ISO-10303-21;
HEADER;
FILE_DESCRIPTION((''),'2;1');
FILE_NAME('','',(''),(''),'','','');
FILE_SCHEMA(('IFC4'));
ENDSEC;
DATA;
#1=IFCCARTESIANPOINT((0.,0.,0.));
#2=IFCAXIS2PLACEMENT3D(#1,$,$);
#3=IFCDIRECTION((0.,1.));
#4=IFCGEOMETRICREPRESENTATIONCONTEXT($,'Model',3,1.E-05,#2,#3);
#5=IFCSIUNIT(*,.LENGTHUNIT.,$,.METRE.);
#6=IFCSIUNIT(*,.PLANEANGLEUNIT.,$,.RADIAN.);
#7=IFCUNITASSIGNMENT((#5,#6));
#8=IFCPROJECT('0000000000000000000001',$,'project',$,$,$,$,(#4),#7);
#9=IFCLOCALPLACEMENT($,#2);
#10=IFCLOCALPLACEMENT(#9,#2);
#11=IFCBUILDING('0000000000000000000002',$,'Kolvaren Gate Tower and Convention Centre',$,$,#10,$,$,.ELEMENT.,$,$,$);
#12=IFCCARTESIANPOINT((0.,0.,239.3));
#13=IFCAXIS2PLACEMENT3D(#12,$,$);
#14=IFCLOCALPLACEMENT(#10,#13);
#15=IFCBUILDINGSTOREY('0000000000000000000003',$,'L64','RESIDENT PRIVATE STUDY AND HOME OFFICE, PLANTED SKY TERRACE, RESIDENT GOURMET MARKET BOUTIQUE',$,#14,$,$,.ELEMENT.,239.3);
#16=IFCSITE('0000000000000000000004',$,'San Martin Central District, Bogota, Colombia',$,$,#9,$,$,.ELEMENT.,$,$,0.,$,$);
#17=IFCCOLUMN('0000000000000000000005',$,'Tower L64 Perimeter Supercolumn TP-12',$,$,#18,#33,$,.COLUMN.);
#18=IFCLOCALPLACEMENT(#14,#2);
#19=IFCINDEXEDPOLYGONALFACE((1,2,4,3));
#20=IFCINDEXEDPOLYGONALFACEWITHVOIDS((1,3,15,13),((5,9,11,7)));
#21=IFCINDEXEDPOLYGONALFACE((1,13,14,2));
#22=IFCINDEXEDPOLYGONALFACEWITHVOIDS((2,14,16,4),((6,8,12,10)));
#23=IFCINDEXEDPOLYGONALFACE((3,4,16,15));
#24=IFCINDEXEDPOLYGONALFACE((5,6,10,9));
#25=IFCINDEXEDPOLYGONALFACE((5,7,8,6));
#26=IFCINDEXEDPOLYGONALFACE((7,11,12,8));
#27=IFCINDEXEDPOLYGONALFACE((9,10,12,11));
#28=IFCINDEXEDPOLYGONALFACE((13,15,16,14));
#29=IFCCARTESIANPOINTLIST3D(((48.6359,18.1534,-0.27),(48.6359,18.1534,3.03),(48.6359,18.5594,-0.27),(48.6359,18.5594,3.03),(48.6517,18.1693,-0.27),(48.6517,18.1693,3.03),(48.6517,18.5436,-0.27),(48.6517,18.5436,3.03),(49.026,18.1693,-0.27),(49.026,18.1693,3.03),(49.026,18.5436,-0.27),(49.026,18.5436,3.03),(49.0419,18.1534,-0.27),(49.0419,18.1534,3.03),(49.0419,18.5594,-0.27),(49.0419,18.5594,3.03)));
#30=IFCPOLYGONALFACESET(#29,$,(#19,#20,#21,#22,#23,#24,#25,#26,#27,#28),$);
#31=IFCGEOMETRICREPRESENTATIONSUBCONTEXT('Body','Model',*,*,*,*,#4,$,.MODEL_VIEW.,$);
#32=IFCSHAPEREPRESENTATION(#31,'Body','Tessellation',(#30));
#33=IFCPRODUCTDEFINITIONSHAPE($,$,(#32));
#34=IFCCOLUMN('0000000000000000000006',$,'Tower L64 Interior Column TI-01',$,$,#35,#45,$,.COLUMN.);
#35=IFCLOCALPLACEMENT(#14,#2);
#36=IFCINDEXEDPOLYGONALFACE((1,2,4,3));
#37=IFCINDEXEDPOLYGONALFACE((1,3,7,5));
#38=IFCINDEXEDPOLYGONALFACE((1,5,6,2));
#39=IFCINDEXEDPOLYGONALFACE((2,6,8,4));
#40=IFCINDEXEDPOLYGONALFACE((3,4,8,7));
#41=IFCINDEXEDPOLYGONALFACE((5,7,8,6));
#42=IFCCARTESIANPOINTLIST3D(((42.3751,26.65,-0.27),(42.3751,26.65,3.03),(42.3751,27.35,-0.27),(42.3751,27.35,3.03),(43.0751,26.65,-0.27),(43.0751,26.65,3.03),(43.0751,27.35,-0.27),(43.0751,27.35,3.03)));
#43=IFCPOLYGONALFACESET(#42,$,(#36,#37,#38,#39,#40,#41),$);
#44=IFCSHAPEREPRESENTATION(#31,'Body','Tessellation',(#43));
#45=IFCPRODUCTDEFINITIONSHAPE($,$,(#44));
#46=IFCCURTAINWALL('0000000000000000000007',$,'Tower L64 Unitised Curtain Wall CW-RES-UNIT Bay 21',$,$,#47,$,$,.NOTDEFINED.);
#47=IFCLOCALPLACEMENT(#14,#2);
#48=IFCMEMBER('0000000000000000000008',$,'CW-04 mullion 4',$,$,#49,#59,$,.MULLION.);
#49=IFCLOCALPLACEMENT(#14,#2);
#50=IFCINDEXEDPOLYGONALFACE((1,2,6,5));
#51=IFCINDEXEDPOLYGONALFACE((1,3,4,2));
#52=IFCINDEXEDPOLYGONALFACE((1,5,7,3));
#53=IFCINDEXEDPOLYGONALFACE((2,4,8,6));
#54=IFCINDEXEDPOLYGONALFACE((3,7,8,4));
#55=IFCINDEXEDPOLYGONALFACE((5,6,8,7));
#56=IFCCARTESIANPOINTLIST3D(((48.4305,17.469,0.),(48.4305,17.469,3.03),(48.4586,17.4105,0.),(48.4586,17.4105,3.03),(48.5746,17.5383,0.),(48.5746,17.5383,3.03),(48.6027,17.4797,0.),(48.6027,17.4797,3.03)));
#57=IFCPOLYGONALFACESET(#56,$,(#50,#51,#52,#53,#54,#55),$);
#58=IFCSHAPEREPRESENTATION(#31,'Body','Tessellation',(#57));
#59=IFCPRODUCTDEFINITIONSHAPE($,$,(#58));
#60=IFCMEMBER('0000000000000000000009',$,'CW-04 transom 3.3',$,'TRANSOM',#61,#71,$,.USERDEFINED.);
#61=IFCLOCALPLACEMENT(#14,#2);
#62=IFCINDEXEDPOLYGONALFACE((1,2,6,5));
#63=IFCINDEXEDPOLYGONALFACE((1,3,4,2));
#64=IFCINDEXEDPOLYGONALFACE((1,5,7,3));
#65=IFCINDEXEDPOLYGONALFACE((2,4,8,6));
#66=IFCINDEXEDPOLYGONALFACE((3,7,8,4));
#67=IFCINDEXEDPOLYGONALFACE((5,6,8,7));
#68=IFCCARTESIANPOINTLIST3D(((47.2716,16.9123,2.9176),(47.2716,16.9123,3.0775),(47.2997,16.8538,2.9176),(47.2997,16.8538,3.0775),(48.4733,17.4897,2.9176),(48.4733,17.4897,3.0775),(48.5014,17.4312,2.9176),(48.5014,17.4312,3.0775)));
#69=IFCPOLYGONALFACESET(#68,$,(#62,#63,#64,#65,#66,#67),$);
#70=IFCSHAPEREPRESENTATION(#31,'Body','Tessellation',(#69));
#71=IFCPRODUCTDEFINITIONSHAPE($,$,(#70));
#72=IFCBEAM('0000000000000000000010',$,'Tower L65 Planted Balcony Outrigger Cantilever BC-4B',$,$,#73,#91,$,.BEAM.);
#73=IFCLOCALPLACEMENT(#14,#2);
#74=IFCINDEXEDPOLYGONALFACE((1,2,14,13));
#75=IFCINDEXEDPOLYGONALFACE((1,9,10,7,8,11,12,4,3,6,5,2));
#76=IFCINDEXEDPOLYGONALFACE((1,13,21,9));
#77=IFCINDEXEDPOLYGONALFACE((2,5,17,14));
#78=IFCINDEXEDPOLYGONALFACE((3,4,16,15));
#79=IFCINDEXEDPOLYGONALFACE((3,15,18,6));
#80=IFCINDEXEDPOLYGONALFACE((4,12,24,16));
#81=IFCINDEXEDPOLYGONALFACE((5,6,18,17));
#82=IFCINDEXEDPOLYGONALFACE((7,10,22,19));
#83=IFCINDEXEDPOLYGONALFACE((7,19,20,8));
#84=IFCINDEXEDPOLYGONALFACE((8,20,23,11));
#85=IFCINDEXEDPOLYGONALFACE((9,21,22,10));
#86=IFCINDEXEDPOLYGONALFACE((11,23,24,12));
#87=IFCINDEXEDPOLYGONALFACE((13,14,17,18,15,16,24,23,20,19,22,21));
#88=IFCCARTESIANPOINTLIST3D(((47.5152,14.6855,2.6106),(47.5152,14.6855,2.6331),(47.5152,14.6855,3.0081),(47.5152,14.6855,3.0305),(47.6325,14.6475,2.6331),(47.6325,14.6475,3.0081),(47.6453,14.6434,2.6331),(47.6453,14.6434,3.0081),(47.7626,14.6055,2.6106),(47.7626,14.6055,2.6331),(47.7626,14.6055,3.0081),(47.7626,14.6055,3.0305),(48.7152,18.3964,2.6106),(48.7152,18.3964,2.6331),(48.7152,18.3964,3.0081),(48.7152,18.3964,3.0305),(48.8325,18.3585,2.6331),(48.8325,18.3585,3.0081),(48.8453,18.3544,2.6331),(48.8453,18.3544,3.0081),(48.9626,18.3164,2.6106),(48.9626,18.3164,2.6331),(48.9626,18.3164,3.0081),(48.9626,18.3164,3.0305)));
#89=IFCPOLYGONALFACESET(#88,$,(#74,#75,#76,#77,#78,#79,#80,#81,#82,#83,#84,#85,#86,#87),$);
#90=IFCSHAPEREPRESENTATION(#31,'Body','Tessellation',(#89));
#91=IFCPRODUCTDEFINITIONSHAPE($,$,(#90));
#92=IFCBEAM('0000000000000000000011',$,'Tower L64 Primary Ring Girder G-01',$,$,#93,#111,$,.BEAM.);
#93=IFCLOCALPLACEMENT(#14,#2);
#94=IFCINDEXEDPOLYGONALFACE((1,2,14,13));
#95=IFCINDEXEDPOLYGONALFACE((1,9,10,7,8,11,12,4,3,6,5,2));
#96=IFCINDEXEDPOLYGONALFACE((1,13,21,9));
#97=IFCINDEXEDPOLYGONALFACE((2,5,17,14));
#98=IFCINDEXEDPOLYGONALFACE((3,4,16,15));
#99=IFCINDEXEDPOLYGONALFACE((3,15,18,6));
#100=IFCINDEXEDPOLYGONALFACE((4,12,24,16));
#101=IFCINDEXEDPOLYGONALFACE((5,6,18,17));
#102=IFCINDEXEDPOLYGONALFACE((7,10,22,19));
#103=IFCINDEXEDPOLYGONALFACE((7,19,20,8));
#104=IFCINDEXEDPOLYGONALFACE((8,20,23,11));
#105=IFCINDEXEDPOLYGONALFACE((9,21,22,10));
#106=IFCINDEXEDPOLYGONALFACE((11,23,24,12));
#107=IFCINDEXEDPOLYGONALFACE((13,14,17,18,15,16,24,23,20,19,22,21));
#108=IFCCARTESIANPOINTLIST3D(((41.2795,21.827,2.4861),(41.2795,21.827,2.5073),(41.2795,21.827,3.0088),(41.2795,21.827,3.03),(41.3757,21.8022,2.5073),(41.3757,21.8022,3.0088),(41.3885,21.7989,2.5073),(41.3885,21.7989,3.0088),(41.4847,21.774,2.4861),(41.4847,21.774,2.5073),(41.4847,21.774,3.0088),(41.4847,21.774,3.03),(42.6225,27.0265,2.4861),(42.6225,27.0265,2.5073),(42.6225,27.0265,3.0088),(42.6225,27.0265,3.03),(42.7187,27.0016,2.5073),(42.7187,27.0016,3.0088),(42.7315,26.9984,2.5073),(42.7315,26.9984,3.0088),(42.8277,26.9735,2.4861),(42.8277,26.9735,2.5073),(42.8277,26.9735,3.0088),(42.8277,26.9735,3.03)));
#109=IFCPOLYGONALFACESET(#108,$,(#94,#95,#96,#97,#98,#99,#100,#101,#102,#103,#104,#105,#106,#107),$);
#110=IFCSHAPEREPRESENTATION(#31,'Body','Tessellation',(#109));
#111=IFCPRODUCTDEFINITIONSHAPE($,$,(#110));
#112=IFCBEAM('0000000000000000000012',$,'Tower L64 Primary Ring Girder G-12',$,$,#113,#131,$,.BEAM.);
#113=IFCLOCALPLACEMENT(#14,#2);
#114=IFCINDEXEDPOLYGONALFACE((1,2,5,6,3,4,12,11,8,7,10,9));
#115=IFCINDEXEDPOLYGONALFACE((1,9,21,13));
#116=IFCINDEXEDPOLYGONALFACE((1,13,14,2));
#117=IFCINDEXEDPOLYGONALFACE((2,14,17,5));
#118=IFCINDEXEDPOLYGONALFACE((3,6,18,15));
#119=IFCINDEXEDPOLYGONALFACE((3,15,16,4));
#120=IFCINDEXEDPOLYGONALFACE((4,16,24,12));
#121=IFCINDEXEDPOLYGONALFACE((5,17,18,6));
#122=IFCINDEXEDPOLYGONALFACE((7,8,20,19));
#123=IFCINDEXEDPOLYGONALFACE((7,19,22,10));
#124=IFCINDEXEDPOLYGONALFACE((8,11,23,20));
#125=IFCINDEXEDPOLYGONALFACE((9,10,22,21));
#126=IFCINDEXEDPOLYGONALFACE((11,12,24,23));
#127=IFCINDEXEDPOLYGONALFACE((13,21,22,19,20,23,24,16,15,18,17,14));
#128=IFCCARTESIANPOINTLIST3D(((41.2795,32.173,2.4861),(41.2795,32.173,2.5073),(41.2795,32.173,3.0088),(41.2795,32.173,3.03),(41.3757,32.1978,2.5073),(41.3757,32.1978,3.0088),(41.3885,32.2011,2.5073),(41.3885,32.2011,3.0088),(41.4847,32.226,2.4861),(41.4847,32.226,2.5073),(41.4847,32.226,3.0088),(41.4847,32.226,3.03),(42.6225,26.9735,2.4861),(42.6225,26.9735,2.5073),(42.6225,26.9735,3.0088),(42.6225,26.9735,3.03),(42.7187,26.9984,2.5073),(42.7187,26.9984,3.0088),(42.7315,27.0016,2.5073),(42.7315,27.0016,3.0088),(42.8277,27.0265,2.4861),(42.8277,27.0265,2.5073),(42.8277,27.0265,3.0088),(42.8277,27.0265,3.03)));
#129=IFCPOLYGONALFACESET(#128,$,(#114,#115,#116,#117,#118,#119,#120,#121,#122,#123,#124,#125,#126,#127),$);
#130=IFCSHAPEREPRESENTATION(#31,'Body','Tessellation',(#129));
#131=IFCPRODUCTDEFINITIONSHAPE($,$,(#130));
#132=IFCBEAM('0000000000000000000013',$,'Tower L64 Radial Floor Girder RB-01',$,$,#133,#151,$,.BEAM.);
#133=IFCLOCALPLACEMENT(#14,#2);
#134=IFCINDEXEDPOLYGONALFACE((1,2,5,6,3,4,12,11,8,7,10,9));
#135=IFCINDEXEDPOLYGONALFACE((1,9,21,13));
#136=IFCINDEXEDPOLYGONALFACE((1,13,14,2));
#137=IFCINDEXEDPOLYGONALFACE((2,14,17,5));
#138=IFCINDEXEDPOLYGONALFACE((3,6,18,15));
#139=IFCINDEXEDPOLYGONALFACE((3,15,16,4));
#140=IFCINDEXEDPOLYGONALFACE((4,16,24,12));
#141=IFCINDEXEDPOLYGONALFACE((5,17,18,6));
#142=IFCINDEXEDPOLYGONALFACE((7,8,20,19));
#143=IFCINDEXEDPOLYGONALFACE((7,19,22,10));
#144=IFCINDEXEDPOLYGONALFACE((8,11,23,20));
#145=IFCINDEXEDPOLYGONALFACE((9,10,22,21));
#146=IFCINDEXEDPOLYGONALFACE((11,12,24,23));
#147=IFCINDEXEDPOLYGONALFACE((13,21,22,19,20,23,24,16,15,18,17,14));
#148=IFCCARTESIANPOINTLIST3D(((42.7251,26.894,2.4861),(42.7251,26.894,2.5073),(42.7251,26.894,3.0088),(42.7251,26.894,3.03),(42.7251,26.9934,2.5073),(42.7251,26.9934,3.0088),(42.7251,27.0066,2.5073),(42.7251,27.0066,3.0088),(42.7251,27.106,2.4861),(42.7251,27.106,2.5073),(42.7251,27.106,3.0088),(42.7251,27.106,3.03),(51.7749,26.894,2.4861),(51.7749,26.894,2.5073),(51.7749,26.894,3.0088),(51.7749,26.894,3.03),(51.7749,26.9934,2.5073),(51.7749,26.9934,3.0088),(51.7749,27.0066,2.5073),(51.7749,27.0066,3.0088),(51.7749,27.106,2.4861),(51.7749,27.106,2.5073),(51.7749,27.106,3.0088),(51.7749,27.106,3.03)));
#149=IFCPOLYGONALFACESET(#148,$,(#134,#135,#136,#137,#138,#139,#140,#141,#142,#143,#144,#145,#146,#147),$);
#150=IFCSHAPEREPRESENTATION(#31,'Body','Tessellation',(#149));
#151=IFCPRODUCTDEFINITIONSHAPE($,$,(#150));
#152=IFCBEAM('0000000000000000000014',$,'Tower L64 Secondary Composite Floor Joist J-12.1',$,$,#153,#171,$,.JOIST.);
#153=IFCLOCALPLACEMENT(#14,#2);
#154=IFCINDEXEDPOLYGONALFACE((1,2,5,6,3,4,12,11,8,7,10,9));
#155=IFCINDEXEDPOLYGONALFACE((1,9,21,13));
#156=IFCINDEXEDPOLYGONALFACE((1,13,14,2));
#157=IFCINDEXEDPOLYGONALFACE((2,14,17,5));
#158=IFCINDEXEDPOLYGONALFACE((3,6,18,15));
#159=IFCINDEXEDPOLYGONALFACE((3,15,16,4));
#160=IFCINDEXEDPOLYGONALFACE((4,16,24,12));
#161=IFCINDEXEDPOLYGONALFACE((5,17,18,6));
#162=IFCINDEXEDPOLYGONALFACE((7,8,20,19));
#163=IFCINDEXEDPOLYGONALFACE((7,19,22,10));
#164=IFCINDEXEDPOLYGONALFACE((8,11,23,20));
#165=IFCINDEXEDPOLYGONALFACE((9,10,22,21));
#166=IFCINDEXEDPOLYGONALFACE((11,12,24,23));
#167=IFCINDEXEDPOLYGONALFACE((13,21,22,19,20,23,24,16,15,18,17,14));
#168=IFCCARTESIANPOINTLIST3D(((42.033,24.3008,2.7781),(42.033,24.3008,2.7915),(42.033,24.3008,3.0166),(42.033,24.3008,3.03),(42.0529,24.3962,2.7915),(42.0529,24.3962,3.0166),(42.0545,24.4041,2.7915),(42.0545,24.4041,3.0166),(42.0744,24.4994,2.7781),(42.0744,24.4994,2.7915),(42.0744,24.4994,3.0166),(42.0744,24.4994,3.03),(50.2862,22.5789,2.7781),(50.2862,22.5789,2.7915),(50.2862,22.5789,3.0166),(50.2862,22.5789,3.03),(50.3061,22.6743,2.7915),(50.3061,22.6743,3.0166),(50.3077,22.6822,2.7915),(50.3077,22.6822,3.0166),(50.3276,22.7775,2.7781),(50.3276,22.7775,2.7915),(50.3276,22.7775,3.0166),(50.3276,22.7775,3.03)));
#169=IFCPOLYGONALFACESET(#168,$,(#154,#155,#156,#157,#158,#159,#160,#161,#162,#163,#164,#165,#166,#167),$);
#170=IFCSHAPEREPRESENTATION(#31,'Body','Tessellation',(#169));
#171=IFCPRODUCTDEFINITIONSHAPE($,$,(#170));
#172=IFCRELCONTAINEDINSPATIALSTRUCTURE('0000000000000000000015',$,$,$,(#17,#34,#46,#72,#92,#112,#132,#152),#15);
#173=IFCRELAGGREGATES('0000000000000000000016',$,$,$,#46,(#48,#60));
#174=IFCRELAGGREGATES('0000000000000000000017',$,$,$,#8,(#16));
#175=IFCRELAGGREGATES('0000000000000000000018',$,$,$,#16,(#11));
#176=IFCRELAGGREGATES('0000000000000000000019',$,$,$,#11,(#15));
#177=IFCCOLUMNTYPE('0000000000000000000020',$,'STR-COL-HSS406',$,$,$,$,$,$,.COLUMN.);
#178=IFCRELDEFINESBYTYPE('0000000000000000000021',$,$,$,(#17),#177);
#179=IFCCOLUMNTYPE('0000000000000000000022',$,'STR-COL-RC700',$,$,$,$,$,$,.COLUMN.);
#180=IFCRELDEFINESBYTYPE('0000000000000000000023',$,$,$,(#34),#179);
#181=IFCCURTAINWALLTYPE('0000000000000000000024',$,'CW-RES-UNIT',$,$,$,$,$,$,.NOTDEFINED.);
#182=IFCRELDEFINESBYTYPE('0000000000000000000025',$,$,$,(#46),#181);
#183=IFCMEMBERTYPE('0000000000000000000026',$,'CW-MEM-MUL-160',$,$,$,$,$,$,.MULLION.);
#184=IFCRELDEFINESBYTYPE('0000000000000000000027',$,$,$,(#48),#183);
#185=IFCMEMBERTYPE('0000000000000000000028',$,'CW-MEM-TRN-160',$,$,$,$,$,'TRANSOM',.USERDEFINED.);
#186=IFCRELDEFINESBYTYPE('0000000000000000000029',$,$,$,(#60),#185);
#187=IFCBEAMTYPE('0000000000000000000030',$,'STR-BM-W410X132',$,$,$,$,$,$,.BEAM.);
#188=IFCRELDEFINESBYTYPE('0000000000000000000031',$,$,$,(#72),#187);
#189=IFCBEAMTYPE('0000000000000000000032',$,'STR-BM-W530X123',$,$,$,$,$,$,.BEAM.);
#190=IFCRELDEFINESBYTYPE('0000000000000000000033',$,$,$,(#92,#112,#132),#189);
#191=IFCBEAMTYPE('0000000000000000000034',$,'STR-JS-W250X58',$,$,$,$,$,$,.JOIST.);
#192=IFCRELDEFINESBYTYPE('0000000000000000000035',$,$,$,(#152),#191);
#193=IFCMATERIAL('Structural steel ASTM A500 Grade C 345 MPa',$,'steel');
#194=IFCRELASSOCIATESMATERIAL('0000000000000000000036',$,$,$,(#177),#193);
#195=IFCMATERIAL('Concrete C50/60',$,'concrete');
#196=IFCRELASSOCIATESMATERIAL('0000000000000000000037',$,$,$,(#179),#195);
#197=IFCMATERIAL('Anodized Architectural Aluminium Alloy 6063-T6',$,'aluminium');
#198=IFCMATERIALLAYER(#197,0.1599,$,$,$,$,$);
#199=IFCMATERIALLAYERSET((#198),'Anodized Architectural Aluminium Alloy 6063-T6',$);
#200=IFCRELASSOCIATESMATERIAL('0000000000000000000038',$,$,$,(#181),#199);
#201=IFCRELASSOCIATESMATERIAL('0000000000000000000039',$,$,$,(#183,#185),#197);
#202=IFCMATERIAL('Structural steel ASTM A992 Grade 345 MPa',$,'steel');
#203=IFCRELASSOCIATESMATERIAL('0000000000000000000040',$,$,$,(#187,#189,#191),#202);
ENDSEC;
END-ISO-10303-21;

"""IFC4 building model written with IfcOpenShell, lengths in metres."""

from ifc_helpers import new_model, si_unit, direction, frame, origin, origin_2d, place, context, subcontext, project, spatial, rectangle, hollow_rectangle, i_section, extrude, material, layer, layer_set, material_profile, profile_set, type_object, element, aggregate, save


model = new_model("IFC4")

# Units and contexts
model_context = context("Model", 3, precision=1e-05, world=origin(), true_north=direction((0.0, 1.0)))
body_context = subcontext(model_context, "Body", "Model", "MODEL_VIEW")
ifc_project = project(units=[si_unit("LENGTHUNIT", "METRE"), si_unit("PLANEANGLEUNIT", "RADIAN")], contexts=[model_context])

# Site, building, storey
site_placement = place(None, origin())
site = spatial("IfcSite", under=ifc_project, at=site_placement, Name="San Martin Central District, Bogota, Colombia", CompositionType="ELEMENT", RefElevation=0.0)
building_placement = place(site_placement, origin())
building = spatial("IfcBuilding", under=site, at=building_placement, Name="Kolvaren Gate Tower and Convention Centre", CompositionType="ELEMENT")
storey_placement = place(building_placement, frame((0.0, 0.0, 239.3)))
storey = spatial("IfcBuildingStorey", under=building, at=storey_placement, Name="L64", Description="RESIDENT PRIVATE STUDY AND HOME OFFICE, PLANTED SKY TERRACE, RESIDENT GOURMET MARKET BOUTIQUE", CompositionType="ELEMENT", Elevation=239.3)

# Columns
ifc_material_1 = material(Name="Structural steel ASTM A500 Grade C 345 MPa", Category="steel")
ifc_material_profile_1 = material_profile(ifc_material_1, hollow_rectangle(XDim=0.406, YDim=0.406, WallThickness=0.0159, at=origin_2d()), Name="HSS406X406X15.9")
ifc_profile_set_1 = profile_set([ifc_material_profile_1], Name="Structural steel ASTM A500 Grade C 345 MPa")
column_type_1 = type_object("IfcColumnType", Name="STR-COL-HSS406", PredefinedType="COLUMN", material=ifc_profile_set_1)
column_1_placement = place(storey_placement, frame((48.8389, 18.3564, -0.27), z_axis=(0.0, 0.0, 1.0), x_axis=(1.0, 0.0, 0.0)))
element("IfcColumn", 1, at=column_1_placement, inside=storey, type_object=column_type_1, Name="Tower L64 Perimeter Supercolumn TP-12", PredefinedType="COLUMN", context=body_context, shape_type="SweptSolid", body=[
    extrude(hollow_rectangle(XDim=0.406, YDim=0.406, WallThickness=0.0159, at=origin_2d()), origin(), (0.0, 0.0, 1.0), 3.3),
])
ifc_material_2 = material(Name="Concrete C50/60", Category="concrete")
ifc_material_profile_2 = material_profile(ifc_material_2, rectangle(XDim=0.7, YDim=0.7, at=origin_2d()), Name="RC-COL-700X700")
ifc_profile_set_2 = profile_set([ifc_material_profile_2], Name="Concrete C50/60")
column_type_2 = type_object("IfcColumnType", Name="STR-COL-RC700", PredefinedType="COLUMN", material=ifc_profile_set_2)
column_2_placement = place(storey_placement, frame((42.7251, 27.0, -0.27), z_axis=(0.0, 0.0, 1.0), x_axis=(1.0, 0.0, 0.0)))
element("IfcColumn", 2, at=column_2_placement, inside=storey, type_object=column_type_2, Name="Tower L64 Interior Column TI-01", PredefinedType="COLUMN", context=body_context, shape_type="SweptSolid", body=[
    extrude(rectangle(XDim=0.7, YDim=0.7, at=origin_2d()), origin(), (0.0, 0.0, 1.0), 3.3),
])

# Curtain wall, members
ifc_material_3 = material(Name="Anodized Architectural Aluminium Alloy 6063-T6", Category="aluminium")
ifc_layer_1 = layer(ifc_material_3, 0.1599)
ifc_layer_set_1 = layer_set([ifc_layer_1], Name="Anodized Architectural Aluminium Alloy 6063-T6")
curtain_wall_type = type_object("IfcCurtainWallType", Name="CW-RES-UNIT", PredefinedType="NOTDEFINED", material=ifc_layer_set_1)
curtain_wall_placement = place(storey_placement, origin())
curtain_wall = element("IfcCurtainWall", 3, at=curtain_wall_placement, inside=storey, type_object=curtain_wall_type, Name="Tower L64 Unitised Curtain Wall CW-RES-UNIT Bay 21", PredefinedType="NOTDEFINED")
ifc_material_profile_3 = material_profile(ifc_material_3, rectangle(XDim=0.0649, YDim=0.1599, at=origin_2d()), Name="CW-MEM-MUL-160")
ifc_profile_set_3 = profile_set([ifc_material_profile_3], Name="Anodized Architectural Aluminium Alloy 6063-T6")
member_type_1 = type_object("IfcMemberType", Name="CW-MEM-MUL-160", PredefinedType="MULLION", material=ifc_profile_set_3)
member_1_placement = place(storey_placement, frame((48.5166, 17.4744, 0.0), z_axis=(0.0, 0.0, 1.0), x_axis=(-0.433086, 0.901353, 0.0)))
member_1 = element("IfcMember", 4, at=member_1_placement, type_object=member_type_1, Name="CW-04 mullion 4", PredefinedType="MULLION", context=body_context, shape_type="SweptSolid", body=[
    extrude(rectangle(XDim=0.0649, YDim=0.1599, at=origin_2d()), origin(), (0.0, 0.0, 1.0), 3.03),
])
ifc_material_profile_4 = material_profile(ifc_material_3, rectangle(XDim=0.0649, YDim=0.1599, at=origin_2d()), Name="CW-MEM-TRN-160")
ifc_profile_set_4 = profile_set([ifc_material_profile_4], Name="Anodized Architectural Aluminium Alloy 6063-T6")
member_type_2 = type_object("IfcMemberType", Name="CW-MEM-TRN-160", ElementType="TRANSOM", PredefinedType="USERDEFINED", material=ifc_profile_set_4)
member_2_placement = place(storey_placement, frame((47.2856, 16.8831, 2.9976), z_axis=(0.901349, 0.433094, 0.0), x_axis=(-0.433094, 0.901349, 0.0)))
member_2 = element("IfcMember", 5, at=member_2_placement, type_object=member_type_2, Name="CW-04 transom 3.3", ObjectType="TRANSOM", PredefinedType="USERDEFINED", context=body_context, shape_type="SweptSolid", body=[
    extrude(rectangle(XDim=0.0649, YDim=0.1599, at=origin_2d()), origin(), (0.0, 0.0, 1.0), 1.3333),
])

# Beams
ifc_material_4 = material(Name="Structural steel ASTM A992 Grade 345 MPa", Category="steel")
ifc_material_profile_5 = material_profile(ifc_material_4, i_section(OverallWidth=0.26, OverallDepth=0.4199, WebThickness=0.0134, FlangeThickness=0.0225, at=origin_2d()), Name="W410X132")
ifc_profile_set_5 = profile_set([ifc_material_profile_5], Name="Structural steel ASTM A992 Grade 345 MPa")
beam_type_1 = type_object("IfcBeamType", Name="STR-BM-W410X132", PredefinedType="BEAM", material=ifc_profile_set_5)
beam_1_placement = place(storey_placement, frame((48.8389, 18.3564, 2.8206), z_axis=(-0.30767, -0.951493, 0.0), x_axis=(0.951493, -0.30767, 0.0)))
element("IfcBeam", 6, at=beam_1_placement, inside=storey, type_object=beam_type_1, Name="Tower L65 Planted Balcony Outrigger Cantilever BC-4B", PredefinedType="BEAM", context=body_context, shape_type="SweptSolid", body=[
    extrude(i_section(OverallWidth=0.26, OverallDepth=0.4199, WebThickness=0.0134, FlangeThickness=0.0225, at=origin_2d()), origin(), (0.0, 0.0, 1.0), 3.9001),
])
ifc_material_profile_6 = material_profile(ifc_material_4, i_section(OverallWidth=0.2119, OverallDepth=0.5439, WebThickness=0.0132, FlangeThickness=0.0212, at=origin_2d()), Name="W530X123")
ifc_profile_set_6 = profile_set([ifc_material_profile_6], Name="Structural steel ASTM A992 Grade 345 MPa")
beam_type_2 = type_object("IfcBeamType", Name="STR-BM-W530X123", PredefinedType="BEAM", material=ifc_profile_set_6)
for number, where, z_axis, x_axis, name in (
    (7, (42.7251, 27.0, 2.7581), (-0.250091, -0.968222, 0.0), (0.968222, -0.250091, 0.0), "Tower L64 Primary Ring Girder G-01"),
    (8, (42.7251, 27.0, 2.7581), (-0.250091, 0.968222, 0.0), (-0.968222, -0.250091, 0.0), "Tower L64 Primary Ring Girder G-12"),
):
    element("IfcBeam", number, at=place(storey_placement, frame(where, z_axis=z_axis, x_axis=x_axis)), inside=storey, type_object=beam_type_2, Name=name, PredefinedType="BEAM", context=body_context, shape_type="SweptSolid", body=[
        extrude(i_section(OverallWidth=0.2119, OverallDepth=0.5439, WebThickness=0.0132, FlangeThickness=0.0212, at=origin_2d()), origin(), (0.0, 0.0, 1.0), 5.3701),
    ])
beam_2_placement = place(storey_placement, frame((42.7251, 27.0, 2.7581), z_axis=(1.0, 0.0, 0.0), x_axis=(0.0, 1.0, 0.0)))
element("IfcBeam", 9, at=beam_2_placement, inside=storey, type_object=beam_type_2, Name="Tower L64 Radial Floor Girder RB-01", PredefinedType="BEAM", context=body_context, shape_type="SweptSolid", body=[
    extrude(i_section(OverallWidth=0.2119, OverallDepth=0.5439, WebThickness=0.0132, FlangeThickness=0.0212, at=origin_2d()), origin(), (0.0, 0.0, 1.0), 9.0498),
])
ifc_material_profile_7 = material_profile(ifc_material_4, i_section(OverallWidth=0.2029, OverallDepth=0.252, WebThickness=0.0081, FlangeThickness=0.0134, at=origin_2d()), Name="W250X58")
ifc_profile_set_7 = profile_set([ifc_material_profile_7], Name="Structural steel ASTM A992 Grade 345 MPa")
beam_type_3 = type_object("IfcBeamType", Name="STR-JS-W250X58", PredefinedType="JOIST", material=ifc_profile_set_7)
beam_3_placement = place(storey_placement, frame((42.0537, 24.4001, 2.9041), z_axis=(0.978921, -0.20424, 0.0), x_axis=(0.20424, 0.978921, 0.0)))
element("IfcBeam", 10, at=beam_3_placement, inside=storey, type_object=beam_type_3, Name="Tower L64 Secondary Composite Floor Joist J-12.1", PredefinedType="JOIST", context=body_context, shape_type="SweptSolid", body=[
    extrude(i_section(OverallWidth=0.2029, OverallDepth=0.252, WebThickness=0.0081, FlangeThickness=0.0134, at=origin_2d()), origin(), (0.0, 0.0, 1.0), 8.4309),
])

aggregate(curtain_wall, [member_1, member_2])

save(model, "model.ifc")
